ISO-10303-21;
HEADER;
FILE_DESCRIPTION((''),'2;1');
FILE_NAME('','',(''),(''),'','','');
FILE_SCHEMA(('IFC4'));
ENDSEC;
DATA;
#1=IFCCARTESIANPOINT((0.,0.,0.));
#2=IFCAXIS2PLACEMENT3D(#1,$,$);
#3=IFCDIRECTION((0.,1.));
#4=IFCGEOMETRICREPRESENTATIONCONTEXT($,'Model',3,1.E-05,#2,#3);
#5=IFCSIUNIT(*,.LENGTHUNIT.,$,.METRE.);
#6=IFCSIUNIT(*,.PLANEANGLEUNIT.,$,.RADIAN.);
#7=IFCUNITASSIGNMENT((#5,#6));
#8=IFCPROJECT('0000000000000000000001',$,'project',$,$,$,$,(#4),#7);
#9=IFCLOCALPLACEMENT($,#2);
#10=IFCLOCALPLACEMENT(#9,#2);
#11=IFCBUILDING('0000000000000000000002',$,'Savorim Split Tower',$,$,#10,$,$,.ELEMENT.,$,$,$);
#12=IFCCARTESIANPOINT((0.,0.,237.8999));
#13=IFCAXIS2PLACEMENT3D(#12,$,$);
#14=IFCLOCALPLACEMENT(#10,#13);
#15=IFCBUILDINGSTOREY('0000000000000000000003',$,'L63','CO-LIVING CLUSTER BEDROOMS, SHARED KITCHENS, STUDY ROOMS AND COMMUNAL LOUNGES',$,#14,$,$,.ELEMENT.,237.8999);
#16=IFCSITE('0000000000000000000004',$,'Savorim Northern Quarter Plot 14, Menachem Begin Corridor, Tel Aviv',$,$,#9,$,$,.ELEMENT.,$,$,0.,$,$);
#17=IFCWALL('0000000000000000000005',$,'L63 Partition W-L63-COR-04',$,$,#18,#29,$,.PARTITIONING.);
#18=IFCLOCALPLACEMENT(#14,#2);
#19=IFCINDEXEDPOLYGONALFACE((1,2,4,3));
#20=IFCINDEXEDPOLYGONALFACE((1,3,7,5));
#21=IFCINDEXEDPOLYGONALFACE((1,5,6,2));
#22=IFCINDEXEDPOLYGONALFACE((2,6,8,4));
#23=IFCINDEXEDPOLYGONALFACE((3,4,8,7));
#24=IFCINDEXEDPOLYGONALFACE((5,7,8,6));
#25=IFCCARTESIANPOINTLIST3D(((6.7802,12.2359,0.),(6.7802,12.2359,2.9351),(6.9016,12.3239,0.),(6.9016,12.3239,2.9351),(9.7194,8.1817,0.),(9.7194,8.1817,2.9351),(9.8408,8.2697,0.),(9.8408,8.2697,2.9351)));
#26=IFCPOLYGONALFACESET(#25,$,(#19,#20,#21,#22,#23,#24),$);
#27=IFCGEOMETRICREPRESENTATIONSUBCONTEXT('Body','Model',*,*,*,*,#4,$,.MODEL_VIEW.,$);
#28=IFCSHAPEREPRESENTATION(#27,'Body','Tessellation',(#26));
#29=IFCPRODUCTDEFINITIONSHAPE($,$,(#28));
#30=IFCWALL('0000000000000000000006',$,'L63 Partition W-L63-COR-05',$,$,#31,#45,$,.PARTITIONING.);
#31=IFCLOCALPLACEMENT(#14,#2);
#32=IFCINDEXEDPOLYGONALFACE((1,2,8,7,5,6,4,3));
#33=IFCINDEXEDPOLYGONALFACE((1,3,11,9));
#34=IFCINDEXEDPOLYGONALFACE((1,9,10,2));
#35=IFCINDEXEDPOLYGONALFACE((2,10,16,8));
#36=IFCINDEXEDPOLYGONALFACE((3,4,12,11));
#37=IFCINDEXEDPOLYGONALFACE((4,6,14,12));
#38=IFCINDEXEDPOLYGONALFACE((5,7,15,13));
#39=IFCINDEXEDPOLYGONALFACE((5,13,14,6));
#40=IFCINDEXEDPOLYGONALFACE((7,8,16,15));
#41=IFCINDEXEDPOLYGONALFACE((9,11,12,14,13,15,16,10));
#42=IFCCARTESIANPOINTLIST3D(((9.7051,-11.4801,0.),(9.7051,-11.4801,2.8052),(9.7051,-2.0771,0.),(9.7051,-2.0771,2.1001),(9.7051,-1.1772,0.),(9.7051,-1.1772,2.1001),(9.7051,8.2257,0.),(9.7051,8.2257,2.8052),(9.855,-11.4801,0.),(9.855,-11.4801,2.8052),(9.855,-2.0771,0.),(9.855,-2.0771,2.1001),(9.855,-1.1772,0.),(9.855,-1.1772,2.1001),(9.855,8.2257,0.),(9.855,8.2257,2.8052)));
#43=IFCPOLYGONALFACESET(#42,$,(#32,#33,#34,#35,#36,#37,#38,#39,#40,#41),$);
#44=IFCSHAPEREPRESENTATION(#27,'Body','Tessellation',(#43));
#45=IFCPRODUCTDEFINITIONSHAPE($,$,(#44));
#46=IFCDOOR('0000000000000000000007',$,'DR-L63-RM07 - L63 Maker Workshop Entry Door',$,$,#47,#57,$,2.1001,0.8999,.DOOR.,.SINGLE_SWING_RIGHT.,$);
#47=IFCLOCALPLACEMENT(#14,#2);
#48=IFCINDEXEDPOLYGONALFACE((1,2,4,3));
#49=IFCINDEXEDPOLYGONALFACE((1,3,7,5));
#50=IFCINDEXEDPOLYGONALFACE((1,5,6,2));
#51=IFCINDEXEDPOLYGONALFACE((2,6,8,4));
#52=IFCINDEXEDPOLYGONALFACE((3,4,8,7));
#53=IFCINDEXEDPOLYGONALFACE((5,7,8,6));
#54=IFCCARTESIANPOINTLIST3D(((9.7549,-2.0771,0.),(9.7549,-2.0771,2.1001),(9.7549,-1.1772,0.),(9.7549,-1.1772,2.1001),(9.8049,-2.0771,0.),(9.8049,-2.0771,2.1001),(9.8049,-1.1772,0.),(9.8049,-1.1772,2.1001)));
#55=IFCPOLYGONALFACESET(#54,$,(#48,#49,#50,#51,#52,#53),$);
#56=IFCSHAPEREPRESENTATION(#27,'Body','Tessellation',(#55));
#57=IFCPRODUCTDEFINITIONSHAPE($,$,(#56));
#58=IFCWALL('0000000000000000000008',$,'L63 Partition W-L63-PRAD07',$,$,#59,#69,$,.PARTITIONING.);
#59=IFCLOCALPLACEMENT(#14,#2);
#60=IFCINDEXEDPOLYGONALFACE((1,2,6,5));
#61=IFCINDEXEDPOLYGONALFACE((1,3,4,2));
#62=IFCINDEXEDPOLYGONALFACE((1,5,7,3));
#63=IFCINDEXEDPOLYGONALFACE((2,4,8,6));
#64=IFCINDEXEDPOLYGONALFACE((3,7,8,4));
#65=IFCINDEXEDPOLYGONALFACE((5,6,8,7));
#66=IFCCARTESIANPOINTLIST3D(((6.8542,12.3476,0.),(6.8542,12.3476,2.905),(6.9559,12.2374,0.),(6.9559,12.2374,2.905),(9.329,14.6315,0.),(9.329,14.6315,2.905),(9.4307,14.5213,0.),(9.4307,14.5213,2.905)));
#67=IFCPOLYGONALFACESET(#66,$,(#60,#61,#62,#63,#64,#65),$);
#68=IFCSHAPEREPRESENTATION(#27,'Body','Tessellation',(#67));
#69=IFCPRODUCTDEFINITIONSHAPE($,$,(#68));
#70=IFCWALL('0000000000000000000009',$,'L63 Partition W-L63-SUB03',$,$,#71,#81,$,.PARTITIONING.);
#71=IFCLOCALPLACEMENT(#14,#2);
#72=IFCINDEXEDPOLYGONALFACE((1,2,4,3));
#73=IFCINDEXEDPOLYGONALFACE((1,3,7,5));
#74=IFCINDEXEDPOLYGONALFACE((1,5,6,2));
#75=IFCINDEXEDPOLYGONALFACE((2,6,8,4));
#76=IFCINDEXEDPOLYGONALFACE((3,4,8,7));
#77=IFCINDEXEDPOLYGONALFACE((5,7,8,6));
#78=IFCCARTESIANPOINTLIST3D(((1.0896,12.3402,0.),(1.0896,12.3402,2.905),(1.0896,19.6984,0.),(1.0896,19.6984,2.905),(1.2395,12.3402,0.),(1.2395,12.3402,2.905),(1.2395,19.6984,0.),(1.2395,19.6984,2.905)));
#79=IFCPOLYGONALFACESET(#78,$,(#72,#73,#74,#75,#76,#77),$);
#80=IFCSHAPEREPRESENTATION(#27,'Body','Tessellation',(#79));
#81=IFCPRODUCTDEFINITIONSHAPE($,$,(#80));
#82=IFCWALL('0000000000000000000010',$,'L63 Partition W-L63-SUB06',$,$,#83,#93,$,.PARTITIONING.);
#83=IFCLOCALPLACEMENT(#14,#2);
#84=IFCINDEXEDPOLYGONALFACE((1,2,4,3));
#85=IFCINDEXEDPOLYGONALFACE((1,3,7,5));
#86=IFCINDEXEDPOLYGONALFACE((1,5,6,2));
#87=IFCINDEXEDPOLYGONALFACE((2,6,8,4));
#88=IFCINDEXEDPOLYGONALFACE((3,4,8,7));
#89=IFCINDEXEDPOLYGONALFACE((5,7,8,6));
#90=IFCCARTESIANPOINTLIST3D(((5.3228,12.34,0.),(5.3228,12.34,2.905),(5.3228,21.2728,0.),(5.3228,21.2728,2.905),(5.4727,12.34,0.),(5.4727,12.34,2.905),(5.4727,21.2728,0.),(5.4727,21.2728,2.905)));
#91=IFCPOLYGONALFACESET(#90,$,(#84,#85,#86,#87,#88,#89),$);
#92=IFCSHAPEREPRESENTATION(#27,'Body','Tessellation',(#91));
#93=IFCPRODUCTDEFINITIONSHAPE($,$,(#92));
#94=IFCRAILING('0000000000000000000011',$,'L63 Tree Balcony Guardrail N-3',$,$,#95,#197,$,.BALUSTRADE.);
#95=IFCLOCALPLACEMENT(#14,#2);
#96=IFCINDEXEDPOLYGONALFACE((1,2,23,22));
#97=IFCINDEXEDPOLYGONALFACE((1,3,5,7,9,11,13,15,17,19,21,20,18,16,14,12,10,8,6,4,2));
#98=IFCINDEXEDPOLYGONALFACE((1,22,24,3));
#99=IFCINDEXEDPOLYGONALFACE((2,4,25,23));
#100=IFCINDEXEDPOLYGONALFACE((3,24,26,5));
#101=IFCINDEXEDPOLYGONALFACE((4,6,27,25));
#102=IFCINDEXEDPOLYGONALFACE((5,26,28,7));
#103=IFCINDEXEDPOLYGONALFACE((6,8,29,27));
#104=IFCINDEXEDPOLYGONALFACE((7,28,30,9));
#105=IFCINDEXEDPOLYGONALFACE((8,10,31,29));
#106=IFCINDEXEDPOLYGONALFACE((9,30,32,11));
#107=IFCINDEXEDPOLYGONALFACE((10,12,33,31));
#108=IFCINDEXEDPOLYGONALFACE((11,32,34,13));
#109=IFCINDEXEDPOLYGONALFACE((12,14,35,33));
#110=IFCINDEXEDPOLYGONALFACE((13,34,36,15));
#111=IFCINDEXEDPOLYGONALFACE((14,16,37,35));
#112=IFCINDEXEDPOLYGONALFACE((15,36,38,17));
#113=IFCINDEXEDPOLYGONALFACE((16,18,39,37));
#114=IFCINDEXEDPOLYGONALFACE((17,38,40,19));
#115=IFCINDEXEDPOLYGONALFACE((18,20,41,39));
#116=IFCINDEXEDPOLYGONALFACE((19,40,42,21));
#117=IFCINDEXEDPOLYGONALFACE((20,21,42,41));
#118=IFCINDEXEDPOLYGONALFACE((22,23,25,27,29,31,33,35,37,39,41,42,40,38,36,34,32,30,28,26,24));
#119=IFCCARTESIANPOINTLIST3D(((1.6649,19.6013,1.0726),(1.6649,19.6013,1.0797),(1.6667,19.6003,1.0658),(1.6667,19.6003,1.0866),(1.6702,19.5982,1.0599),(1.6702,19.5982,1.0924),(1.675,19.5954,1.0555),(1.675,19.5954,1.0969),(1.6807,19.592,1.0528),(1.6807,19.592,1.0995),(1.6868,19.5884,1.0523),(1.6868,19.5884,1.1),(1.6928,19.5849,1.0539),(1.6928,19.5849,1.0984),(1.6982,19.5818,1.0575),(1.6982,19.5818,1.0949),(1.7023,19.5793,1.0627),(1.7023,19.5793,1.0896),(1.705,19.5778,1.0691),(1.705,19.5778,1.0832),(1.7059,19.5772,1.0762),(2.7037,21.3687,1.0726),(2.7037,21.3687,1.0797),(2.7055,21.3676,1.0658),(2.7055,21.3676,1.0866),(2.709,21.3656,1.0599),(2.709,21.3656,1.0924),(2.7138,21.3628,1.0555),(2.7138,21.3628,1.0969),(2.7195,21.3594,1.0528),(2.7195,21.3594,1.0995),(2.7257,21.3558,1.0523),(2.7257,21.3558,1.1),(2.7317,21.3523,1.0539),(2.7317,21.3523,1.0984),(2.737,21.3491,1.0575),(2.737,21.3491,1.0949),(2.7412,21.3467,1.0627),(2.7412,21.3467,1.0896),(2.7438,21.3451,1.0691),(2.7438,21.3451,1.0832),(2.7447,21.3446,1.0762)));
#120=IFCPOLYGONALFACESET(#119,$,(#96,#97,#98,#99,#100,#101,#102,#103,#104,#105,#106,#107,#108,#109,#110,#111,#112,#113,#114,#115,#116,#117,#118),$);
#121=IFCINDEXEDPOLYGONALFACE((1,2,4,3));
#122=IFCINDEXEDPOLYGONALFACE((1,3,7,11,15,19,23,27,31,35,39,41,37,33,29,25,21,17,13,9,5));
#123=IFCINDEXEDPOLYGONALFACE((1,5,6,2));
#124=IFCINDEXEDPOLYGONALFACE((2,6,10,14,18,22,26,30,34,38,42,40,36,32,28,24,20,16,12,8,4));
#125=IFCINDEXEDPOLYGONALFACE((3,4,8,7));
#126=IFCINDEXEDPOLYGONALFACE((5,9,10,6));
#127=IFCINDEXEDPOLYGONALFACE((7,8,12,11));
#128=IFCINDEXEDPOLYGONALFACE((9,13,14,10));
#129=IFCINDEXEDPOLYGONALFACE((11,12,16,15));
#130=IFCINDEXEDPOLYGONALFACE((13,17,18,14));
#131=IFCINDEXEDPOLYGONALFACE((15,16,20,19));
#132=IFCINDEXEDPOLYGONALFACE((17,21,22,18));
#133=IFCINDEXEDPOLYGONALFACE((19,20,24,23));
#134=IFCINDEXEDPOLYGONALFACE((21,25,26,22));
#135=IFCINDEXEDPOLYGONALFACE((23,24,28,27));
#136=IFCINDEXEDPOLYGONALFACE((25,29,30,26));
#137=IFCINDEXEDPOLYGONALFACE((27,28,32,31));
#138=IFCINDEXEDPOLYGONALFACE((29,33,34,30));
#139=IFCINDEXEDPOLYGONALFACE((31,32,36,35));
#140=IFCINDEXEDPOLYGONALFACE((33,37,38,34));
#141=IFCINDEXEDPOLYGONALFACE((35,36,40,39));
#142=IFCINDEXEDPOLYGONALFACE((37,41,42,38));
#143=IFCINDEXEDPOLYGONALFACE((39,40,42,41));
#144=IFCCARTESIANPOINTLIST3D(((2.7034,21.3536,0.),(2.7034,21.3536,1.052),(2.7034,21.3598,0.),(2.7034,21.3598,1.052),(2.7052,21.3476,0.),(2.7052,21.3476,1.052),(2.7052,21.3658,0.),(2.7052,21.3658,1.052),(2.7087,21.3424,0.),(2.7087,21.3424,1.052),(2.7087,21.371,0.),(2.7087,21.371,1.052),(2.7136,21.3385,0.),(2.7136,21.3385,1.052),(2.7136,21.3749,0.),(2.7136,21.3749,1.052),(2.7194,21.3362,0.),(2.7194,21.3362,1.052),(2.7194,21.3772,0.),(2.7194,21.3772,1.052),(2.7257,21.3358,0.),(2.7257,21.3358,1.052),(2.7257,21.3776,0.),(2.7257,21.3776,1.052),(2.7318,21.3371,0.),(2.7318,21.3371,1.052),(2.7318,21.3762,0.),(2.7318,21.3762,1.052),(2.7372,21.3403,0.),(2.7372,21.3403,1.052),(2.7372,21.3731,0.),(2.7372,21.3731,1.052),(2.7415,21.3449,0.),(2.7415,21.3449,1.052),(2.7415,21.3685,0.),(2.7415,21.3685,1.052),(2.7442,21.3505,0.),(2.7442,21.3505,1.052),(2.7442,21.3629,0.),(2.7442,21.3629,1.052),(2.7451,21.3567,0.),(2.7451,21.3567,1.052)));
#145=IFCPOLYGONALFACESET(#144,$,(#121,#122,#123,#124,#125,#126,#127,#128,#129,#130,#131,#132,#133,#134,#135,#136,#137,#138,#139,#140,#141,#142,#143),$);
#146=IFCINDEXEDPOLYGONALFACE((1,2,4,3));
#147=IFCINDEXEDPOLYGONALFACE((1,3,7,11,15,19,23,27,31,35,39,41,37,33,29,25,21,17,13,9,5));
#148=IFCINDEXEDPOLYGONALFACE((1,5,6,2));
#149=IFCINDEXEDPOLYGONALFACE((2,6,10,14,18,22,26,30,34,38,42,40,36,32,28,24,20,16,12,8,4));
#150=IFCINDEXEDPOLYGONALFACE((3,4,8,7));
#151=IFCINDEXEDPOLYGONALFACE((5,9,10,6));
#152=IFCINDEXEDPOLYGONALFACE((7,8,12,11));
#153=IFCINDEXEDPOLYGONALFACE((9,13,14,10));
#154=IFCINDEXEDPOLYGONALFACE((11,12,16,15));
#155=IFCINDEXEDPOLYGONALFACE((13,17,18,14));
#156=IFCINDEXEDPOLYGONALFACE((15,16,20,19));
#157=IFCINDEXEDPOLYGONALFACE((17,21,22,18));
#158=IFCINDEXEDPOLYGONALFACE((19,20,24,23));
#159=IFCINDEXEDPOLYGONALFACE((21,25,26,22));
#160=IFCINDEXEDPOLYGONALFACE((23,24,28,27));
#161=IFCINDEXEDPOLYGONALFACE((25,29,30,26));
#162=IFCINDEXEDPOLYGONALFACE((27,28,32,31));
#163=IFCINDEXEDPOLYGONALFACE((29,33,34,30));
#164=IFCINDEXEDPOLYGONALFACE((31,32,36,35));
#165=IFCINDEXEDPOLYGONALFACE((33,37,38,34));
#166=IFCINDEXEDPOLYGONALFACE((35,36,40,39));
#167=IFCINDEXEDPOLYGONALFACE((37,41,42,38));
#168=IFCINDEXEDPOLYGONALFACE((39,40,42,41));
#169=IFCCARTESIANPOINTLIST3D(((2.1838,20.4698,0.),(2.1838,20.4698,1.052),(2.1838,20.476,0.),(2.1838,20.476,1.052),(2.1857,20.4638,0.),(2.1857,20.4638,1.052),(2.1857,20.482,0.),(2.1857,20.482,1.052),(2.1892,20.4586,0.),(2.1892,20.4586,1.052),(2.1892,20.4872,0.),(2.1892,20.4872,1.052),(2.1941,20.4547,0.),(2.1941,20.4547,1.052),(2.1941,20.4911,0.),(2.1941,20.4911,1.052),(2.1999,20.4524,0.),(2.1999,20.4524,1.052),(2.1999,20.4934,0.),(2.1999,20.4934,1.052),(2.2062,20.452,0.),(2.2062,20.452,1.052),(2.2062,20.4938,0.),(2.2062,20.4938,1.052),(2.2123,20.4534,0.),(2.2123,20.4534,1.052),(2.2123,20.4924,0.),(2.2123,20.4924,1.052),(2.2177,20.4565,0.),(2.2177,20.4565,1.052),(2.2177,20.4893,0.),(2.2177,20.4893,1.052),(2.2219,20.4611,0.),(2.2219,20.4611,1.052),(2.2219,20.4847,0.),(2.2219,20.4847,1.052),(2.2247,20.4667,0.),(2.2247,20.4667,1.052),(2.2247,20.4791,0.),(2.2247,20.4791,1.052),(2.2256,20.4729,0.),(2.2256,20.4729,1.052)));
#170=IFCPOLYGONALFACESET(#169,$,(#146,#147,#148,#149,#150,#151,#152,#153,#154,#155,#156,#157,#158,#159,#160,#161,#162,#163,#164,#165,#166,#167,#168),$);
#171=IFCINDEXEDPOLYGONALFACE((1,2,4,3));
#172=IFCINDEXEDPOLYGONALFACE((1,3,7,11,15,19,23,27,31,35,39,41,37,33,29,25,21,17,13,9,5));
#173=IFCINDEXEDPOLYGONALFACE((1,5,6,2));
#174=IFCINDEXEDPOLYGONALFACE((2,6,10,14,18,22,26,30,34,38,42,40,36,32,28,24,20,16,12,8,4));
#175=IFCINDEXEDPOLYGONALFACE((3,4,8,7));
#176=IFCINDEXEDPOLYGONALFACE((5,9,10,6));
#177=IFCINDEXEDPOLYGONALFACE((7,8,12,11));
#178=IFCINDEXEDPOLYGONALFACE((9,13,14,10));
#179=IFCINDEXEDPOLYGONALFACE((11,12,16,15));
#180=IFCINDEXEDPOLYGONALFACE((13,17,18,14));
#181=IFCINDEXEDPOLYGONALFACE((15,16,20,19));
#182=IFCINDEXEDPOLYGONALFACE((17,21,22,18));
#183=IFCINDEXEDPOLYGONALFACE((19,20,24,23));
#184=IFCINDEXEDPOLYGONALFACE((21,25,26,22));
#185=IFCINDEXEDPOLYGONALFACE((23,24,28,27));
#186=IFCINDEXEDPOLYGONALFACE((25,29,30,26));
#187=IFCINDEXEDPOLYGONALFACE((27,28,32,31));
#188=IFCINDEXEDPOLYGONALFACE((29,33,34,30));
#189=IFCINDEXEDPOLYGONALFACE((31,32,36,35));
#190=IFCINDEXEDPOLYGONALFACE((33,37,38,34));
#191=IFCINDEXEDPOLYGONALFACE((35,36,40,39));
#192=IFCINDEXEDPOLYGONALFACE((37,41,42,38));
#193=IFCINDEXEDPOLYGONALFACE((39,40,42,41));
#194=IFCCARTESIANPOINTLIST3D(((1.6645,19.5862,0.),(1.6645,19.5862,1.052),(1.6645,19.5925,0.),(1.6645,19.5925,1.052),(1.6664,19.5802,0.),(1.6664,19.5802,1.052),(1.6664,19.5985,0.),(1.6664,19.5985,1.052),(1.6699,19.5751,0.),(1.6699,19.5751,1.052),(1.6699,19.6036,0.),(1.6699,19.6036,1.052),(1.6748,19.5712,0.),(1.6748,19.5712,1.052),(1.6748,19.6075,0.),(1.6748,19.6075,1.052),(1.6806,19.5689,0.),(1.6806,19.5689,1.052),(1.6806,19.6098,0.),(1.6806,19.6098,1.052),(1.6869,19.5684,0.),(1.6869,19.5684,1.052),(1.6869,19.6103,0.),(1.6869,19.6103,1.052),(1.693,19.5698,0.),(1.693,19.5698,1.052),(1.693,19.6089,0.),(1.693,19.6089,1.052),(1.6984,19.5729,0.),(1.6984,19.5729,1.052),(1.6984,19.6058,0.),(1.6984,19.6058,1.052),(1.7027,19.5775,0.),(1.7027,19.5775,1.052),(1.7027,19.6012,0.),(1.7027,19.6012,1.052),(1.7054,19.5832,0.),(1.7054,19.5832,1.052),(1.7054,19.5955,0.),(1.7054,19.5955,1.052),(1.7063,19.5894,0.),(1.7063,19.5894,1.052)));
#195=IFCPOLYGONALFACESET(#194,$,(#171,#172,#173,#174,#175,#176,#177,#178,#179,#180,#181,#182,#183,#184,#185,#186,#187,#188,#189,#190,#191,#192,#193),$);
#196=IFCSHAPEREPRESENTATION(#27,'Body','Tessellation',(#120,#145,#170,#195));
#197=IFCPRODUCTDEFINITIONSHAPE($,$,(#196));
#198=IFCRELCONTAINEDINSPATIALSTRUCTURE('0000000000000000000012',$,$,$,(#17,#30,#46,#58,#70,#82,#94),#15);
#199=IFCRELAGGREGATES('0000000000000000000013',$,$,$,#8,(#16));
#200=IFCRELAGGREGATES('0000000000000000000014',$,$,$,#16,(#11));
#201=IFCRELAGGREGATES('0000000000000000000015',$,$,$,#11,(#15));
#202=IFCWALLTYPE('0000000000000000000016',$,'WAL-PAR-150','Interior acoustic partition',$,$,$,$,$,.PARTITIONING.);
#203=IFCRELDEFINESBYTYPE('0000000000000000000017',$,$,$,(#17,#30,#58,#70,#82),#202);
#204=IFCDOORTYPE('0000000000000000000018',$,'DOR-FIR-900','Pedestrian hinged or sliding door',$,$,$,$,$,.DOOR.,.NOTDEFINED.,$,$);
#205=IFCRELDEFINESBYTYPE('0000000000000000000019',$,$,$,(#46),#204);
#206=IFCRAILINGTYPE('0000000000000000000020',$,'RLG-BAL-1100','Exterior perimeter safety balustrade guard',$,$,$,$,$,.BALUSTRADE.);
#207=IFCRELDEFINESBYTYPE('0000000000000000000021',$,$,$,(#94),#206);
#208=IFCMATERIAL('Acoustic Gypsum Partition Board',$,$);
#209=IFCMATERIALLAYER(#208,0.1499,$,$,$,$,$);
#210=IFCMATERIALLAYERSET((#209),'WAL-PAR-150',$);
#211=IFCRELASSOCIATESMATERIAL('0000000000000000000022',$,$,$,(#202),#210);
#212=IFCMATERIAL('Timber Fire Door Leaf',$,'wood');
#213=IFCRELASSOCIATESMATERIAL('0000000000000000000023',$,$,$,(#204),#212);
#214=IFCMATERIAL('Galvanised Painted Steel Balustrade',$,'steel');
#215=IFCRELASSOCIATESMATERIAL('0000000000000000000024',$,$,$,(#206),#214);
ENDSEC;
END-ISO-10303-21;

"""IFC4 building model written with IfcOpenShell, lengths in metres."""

from ifc_helpers import new_model, si_unit, direction, frame, frame_2d, origin, origin_2d, place, context, subcontext, project, spatial, rectangle, circle, extrude, material, layer, layer_set, type_object, element, fill, save


model = new_model("IFC4")

# Units and contexts
model_context = context("Model", 3, precision=1e-05, world=origin(), true_north=direction((0.0, 1.0)))
body_context = subcontext(model_context, "Body", "Model", "MODEL_VIEW")
ifc_project = project(units=[si_unit("LENGTHUNIT", "METRE"), si_unit("PLANEANGLEUNIT", "RADIAN")], contexts=[model_context])

# Site, building, storey
site_placement = place(None, origin())
site = spatial("IfcSite", under=ifc_project, at=site_placement, Name="Savorim Northern Quarter Plot 14, Menachem Begin Corridor, Tel Aviv", CompositionType="ELEMENT", RefElevation=0.0)
building_placement = place(site_placement, origin())
building = spatial("IfcBuilding", under=site, at=building_placement, Name="Savorim Split Tower", CompositionType="ELEMENT")
storey_placement = place(building_placement, frame((0.0, 0.0, 237.8999)))
storey = spatial("IfcBuildingStorey", under=building, at=storey_placement, Name="L63", Description="CO-LIVING CLUSTER BEDROOMS, SHARED KITCHENS, STUDY ROOMS AND COMMUNAL LOUNGES", CompositionType="ELEMENT", Elevation=237.8999)

# Shared definitions
ifc_material_1 = material(Name="Timber Fire Door Leaf", Category="wood")

# Wall
ifc_material_2 = material(Name="Acoustic Gypsum Partition Board")
ifc_layer_1 = layer(ifc_material_2, 0.1499)
ifc_layer_set_1 = layer_set([ifc_layer_1], Name="WAL-PAR-150")
wall_type_1 = type_object("IfcWallType", Name="WAL-PAR-150", Description="Interior acoustic partition", PredefinedType="PARTITIONING", material=ifc_layer_set_1)
wall_1_placement = place(storey_placement, frame((6.8408, 12.28, 0.0), z_axis=(0.0, 0.0, 1.0), x_axis=(0.586956, -0.809619, 0.0)))
element("IfcWall", 1, at=wall_1_placement, inside=storey, type_object=wall_type_1, Name="L63 Partition W-L63-COR-04", PredefinedType="PARTITIONING", context=body_context, shape_type="SweptSolid", body=[
    extrude(rectangle(XDim=5.0076, YDim=0.1499, at=frame_2d((2.5039, 0.0))), origin(), (0.0, 0.0, 1.0), 2.9351),
])

# Wall, opening, door
wall_2_placement = place(storey_placement, frame((9.78, 8.2258, 0.0), z_axis=(0.0, 0.0, 1.0), x_axis=(0.0, -1.0, 0.0)))
wall_2 = element("IfcWall", 2, at=wall_2_placement, inside=storey, type_object=wall_type_1, Name="L63 Partition W-L63-COR-05", PredefinedType="PARTITIONING", context=body_context, shape_type="SweptSolid", body=[
    extrude(rectangle(XDim=19.7058, YDim=0.1499, at=frame_2d((9.853, 0.0))), origin(), (0.0, 0.0, 1.0), 2.8052),
])
opening_1_placement = place(wall_2_placement, frame((9.4031, 0.0, 0.0)))
opening_1 = element("IfcOpeningElement", 3, at=opening_1_placement, cuts=wall_2, PredefinedType="OPENING", context=body_context, shape_type="SweptSolid", body=[
    extrude(rectangle(XDim=0.8999, YDim=2.1001, at=frame_2d((0.45, 1.05))), frame((0.0, 0.085, 0.0), z_axis=(0.0, -1.0, 0.0), x_axis=(1.0, 0.0, 0.0)), (0.0, 0.0, 1.0), 0.1699),
])
door_type_1 = type_object("IfcDoorType", Name="DOR-FIR-900", Description="Pedestrian hinged or sliding door", OperationType="NOTDEFINED", PredefinedType="DOOR", material=ifc_material_1)
door_1_placement = place(opening_1_placement, origin())
door_1 = element("IfcDoor", 4, at=door_1_placement, inside=storey, type_object=door_type_1, Name="DR-L63-RM07 - L63 Maker Workshop Entry Door", OperationType="SINGLE_SWING_RIGHT", OverallHeight=2.1001, OverallWidth=0.8999, PredefinedType="DOOR", context=body_context, shape_type="SweptSolid", body=[
    extrude(rectangle(XDim=0.8999, YDim=2.1001, at=frame_2d((0.45, 1.05))), frame((0.0, 0.0249, 0.0), z_axis=(0.0, -1.0, 0.0), x_axis=(1.0, 0.0, 0.0)), (0.0, 0.0, 1.0), 0.05),
])
fill(opening_1, door_1)

# Walls
wall_3_placement = place(storey_placement, frame((6.905, 12.2925, 0.0), z_axis=(0.0, 0.0, 1.0), x_axis=(0.734884, 0.678193, 0.0)))
element("IfcWall", 5, at=wall_3_placement, inside=storey, type_object=wall_type_1, Name="L63 Partition W-L63-PRAD07", PredefinedType="PARTITIONING", context=body_context, shape_type="SweptSolid", body=[
    extrude(rectangle(XDim=3.3677, YDim=0.1499, at=frame_2d((1.6838, 0.0))), origin(), (0.0, 0.0, 1.0), 2.905),
])
wall_4_placement = place(storey_placement, frame((1.1646, 12.3401, 0.0), z_axis=(0.0, 0.0, 1.0), x_axis=(0.0, 1.0, 0.0)))
element("IfcWall", 6, at=wall_4_placement, inside=storey, type_object=wall_type_1, Name="L63 Partition W-L63-SUB03", PredefinedType="PARTITIONING", context=body_context, shape_type="SweptSolid", body=[
    extrude(rectangle(XDim=7.3582, YDim=0.1499, at=frame_2d((3.6792, 0.0))), origin(), (0.0, 0.0, 1.0), 2.905),
])
wall_5_placement = place(storey_placement, frame((5.3977, 12.3401, 0.0), z_axis=(0.0, 0.0, 1.0), x_axis=(0.0, 1.0, 0.0)))
element("IfcWall", 7, at=wall_5_placement, inside=storey, type_object=wall_type_1, Name="L63 Partition W-L63-SUB06", PredefinedType="PARTITIONING", context=body_context, shape_type="SweptSolid", body=[
    extrude(rectangle(XDim=8.9329, YDim=0.1499, at=frame_2d((4.4663, 0.0))), origin(), (0.0, 0.0, 1.0), 2.905),
])

# Railing
ifc_material_3 = material(Name="Galvanised Painted Steel Balustrade", Category="steel")
railing_type_1 = type_object("IfcRailingType", Name="RLG-BAL-1100", Description="Exterior perimeter safety balustrade guard", PredefinedType="BALUSTRADE", material=ifc_material_3)
railing_1_placement = place(storey_placement, frame((2.7241, 21.3567, 0.0)))
element("IfcRailing", 8, at=railing_1_placement, inside=storey, type_object=railing_type_1, Name="L63 Tree Balcony Guardrail N-3", PredefinedType="BALUSTRADE", context=body_context, shape_type="SweptSolid", body=[
    extrude(circle(Radius=0.0239, at=origin_2d()), frame((0.0, 0.0, 1.0762), z_axis=(-0.506734, -0.862103, 0.0), x_axis=(0.862103, -0.506734, 0.0)), (0.0, 0.0, 1.0), 2.05),
    extrude(circle(Radius=0.021, at=origin_2d()), origin(), (0.0, 0.0, 1.0), 1.052),
    extrude(circle(Radius=0.021, at=origin_2d()), frame((-0.5195, -0.8838, 0.0)), (0.0, 0.0, 1.0), 1.052),
    extrude(circle(Radius=0.021, at=origin_2d()), frame((-1.0388, -1.7673, 0.0)), (0.0, 0.0, 1.0), 1.052),
])

save(model, "model.ifc")
